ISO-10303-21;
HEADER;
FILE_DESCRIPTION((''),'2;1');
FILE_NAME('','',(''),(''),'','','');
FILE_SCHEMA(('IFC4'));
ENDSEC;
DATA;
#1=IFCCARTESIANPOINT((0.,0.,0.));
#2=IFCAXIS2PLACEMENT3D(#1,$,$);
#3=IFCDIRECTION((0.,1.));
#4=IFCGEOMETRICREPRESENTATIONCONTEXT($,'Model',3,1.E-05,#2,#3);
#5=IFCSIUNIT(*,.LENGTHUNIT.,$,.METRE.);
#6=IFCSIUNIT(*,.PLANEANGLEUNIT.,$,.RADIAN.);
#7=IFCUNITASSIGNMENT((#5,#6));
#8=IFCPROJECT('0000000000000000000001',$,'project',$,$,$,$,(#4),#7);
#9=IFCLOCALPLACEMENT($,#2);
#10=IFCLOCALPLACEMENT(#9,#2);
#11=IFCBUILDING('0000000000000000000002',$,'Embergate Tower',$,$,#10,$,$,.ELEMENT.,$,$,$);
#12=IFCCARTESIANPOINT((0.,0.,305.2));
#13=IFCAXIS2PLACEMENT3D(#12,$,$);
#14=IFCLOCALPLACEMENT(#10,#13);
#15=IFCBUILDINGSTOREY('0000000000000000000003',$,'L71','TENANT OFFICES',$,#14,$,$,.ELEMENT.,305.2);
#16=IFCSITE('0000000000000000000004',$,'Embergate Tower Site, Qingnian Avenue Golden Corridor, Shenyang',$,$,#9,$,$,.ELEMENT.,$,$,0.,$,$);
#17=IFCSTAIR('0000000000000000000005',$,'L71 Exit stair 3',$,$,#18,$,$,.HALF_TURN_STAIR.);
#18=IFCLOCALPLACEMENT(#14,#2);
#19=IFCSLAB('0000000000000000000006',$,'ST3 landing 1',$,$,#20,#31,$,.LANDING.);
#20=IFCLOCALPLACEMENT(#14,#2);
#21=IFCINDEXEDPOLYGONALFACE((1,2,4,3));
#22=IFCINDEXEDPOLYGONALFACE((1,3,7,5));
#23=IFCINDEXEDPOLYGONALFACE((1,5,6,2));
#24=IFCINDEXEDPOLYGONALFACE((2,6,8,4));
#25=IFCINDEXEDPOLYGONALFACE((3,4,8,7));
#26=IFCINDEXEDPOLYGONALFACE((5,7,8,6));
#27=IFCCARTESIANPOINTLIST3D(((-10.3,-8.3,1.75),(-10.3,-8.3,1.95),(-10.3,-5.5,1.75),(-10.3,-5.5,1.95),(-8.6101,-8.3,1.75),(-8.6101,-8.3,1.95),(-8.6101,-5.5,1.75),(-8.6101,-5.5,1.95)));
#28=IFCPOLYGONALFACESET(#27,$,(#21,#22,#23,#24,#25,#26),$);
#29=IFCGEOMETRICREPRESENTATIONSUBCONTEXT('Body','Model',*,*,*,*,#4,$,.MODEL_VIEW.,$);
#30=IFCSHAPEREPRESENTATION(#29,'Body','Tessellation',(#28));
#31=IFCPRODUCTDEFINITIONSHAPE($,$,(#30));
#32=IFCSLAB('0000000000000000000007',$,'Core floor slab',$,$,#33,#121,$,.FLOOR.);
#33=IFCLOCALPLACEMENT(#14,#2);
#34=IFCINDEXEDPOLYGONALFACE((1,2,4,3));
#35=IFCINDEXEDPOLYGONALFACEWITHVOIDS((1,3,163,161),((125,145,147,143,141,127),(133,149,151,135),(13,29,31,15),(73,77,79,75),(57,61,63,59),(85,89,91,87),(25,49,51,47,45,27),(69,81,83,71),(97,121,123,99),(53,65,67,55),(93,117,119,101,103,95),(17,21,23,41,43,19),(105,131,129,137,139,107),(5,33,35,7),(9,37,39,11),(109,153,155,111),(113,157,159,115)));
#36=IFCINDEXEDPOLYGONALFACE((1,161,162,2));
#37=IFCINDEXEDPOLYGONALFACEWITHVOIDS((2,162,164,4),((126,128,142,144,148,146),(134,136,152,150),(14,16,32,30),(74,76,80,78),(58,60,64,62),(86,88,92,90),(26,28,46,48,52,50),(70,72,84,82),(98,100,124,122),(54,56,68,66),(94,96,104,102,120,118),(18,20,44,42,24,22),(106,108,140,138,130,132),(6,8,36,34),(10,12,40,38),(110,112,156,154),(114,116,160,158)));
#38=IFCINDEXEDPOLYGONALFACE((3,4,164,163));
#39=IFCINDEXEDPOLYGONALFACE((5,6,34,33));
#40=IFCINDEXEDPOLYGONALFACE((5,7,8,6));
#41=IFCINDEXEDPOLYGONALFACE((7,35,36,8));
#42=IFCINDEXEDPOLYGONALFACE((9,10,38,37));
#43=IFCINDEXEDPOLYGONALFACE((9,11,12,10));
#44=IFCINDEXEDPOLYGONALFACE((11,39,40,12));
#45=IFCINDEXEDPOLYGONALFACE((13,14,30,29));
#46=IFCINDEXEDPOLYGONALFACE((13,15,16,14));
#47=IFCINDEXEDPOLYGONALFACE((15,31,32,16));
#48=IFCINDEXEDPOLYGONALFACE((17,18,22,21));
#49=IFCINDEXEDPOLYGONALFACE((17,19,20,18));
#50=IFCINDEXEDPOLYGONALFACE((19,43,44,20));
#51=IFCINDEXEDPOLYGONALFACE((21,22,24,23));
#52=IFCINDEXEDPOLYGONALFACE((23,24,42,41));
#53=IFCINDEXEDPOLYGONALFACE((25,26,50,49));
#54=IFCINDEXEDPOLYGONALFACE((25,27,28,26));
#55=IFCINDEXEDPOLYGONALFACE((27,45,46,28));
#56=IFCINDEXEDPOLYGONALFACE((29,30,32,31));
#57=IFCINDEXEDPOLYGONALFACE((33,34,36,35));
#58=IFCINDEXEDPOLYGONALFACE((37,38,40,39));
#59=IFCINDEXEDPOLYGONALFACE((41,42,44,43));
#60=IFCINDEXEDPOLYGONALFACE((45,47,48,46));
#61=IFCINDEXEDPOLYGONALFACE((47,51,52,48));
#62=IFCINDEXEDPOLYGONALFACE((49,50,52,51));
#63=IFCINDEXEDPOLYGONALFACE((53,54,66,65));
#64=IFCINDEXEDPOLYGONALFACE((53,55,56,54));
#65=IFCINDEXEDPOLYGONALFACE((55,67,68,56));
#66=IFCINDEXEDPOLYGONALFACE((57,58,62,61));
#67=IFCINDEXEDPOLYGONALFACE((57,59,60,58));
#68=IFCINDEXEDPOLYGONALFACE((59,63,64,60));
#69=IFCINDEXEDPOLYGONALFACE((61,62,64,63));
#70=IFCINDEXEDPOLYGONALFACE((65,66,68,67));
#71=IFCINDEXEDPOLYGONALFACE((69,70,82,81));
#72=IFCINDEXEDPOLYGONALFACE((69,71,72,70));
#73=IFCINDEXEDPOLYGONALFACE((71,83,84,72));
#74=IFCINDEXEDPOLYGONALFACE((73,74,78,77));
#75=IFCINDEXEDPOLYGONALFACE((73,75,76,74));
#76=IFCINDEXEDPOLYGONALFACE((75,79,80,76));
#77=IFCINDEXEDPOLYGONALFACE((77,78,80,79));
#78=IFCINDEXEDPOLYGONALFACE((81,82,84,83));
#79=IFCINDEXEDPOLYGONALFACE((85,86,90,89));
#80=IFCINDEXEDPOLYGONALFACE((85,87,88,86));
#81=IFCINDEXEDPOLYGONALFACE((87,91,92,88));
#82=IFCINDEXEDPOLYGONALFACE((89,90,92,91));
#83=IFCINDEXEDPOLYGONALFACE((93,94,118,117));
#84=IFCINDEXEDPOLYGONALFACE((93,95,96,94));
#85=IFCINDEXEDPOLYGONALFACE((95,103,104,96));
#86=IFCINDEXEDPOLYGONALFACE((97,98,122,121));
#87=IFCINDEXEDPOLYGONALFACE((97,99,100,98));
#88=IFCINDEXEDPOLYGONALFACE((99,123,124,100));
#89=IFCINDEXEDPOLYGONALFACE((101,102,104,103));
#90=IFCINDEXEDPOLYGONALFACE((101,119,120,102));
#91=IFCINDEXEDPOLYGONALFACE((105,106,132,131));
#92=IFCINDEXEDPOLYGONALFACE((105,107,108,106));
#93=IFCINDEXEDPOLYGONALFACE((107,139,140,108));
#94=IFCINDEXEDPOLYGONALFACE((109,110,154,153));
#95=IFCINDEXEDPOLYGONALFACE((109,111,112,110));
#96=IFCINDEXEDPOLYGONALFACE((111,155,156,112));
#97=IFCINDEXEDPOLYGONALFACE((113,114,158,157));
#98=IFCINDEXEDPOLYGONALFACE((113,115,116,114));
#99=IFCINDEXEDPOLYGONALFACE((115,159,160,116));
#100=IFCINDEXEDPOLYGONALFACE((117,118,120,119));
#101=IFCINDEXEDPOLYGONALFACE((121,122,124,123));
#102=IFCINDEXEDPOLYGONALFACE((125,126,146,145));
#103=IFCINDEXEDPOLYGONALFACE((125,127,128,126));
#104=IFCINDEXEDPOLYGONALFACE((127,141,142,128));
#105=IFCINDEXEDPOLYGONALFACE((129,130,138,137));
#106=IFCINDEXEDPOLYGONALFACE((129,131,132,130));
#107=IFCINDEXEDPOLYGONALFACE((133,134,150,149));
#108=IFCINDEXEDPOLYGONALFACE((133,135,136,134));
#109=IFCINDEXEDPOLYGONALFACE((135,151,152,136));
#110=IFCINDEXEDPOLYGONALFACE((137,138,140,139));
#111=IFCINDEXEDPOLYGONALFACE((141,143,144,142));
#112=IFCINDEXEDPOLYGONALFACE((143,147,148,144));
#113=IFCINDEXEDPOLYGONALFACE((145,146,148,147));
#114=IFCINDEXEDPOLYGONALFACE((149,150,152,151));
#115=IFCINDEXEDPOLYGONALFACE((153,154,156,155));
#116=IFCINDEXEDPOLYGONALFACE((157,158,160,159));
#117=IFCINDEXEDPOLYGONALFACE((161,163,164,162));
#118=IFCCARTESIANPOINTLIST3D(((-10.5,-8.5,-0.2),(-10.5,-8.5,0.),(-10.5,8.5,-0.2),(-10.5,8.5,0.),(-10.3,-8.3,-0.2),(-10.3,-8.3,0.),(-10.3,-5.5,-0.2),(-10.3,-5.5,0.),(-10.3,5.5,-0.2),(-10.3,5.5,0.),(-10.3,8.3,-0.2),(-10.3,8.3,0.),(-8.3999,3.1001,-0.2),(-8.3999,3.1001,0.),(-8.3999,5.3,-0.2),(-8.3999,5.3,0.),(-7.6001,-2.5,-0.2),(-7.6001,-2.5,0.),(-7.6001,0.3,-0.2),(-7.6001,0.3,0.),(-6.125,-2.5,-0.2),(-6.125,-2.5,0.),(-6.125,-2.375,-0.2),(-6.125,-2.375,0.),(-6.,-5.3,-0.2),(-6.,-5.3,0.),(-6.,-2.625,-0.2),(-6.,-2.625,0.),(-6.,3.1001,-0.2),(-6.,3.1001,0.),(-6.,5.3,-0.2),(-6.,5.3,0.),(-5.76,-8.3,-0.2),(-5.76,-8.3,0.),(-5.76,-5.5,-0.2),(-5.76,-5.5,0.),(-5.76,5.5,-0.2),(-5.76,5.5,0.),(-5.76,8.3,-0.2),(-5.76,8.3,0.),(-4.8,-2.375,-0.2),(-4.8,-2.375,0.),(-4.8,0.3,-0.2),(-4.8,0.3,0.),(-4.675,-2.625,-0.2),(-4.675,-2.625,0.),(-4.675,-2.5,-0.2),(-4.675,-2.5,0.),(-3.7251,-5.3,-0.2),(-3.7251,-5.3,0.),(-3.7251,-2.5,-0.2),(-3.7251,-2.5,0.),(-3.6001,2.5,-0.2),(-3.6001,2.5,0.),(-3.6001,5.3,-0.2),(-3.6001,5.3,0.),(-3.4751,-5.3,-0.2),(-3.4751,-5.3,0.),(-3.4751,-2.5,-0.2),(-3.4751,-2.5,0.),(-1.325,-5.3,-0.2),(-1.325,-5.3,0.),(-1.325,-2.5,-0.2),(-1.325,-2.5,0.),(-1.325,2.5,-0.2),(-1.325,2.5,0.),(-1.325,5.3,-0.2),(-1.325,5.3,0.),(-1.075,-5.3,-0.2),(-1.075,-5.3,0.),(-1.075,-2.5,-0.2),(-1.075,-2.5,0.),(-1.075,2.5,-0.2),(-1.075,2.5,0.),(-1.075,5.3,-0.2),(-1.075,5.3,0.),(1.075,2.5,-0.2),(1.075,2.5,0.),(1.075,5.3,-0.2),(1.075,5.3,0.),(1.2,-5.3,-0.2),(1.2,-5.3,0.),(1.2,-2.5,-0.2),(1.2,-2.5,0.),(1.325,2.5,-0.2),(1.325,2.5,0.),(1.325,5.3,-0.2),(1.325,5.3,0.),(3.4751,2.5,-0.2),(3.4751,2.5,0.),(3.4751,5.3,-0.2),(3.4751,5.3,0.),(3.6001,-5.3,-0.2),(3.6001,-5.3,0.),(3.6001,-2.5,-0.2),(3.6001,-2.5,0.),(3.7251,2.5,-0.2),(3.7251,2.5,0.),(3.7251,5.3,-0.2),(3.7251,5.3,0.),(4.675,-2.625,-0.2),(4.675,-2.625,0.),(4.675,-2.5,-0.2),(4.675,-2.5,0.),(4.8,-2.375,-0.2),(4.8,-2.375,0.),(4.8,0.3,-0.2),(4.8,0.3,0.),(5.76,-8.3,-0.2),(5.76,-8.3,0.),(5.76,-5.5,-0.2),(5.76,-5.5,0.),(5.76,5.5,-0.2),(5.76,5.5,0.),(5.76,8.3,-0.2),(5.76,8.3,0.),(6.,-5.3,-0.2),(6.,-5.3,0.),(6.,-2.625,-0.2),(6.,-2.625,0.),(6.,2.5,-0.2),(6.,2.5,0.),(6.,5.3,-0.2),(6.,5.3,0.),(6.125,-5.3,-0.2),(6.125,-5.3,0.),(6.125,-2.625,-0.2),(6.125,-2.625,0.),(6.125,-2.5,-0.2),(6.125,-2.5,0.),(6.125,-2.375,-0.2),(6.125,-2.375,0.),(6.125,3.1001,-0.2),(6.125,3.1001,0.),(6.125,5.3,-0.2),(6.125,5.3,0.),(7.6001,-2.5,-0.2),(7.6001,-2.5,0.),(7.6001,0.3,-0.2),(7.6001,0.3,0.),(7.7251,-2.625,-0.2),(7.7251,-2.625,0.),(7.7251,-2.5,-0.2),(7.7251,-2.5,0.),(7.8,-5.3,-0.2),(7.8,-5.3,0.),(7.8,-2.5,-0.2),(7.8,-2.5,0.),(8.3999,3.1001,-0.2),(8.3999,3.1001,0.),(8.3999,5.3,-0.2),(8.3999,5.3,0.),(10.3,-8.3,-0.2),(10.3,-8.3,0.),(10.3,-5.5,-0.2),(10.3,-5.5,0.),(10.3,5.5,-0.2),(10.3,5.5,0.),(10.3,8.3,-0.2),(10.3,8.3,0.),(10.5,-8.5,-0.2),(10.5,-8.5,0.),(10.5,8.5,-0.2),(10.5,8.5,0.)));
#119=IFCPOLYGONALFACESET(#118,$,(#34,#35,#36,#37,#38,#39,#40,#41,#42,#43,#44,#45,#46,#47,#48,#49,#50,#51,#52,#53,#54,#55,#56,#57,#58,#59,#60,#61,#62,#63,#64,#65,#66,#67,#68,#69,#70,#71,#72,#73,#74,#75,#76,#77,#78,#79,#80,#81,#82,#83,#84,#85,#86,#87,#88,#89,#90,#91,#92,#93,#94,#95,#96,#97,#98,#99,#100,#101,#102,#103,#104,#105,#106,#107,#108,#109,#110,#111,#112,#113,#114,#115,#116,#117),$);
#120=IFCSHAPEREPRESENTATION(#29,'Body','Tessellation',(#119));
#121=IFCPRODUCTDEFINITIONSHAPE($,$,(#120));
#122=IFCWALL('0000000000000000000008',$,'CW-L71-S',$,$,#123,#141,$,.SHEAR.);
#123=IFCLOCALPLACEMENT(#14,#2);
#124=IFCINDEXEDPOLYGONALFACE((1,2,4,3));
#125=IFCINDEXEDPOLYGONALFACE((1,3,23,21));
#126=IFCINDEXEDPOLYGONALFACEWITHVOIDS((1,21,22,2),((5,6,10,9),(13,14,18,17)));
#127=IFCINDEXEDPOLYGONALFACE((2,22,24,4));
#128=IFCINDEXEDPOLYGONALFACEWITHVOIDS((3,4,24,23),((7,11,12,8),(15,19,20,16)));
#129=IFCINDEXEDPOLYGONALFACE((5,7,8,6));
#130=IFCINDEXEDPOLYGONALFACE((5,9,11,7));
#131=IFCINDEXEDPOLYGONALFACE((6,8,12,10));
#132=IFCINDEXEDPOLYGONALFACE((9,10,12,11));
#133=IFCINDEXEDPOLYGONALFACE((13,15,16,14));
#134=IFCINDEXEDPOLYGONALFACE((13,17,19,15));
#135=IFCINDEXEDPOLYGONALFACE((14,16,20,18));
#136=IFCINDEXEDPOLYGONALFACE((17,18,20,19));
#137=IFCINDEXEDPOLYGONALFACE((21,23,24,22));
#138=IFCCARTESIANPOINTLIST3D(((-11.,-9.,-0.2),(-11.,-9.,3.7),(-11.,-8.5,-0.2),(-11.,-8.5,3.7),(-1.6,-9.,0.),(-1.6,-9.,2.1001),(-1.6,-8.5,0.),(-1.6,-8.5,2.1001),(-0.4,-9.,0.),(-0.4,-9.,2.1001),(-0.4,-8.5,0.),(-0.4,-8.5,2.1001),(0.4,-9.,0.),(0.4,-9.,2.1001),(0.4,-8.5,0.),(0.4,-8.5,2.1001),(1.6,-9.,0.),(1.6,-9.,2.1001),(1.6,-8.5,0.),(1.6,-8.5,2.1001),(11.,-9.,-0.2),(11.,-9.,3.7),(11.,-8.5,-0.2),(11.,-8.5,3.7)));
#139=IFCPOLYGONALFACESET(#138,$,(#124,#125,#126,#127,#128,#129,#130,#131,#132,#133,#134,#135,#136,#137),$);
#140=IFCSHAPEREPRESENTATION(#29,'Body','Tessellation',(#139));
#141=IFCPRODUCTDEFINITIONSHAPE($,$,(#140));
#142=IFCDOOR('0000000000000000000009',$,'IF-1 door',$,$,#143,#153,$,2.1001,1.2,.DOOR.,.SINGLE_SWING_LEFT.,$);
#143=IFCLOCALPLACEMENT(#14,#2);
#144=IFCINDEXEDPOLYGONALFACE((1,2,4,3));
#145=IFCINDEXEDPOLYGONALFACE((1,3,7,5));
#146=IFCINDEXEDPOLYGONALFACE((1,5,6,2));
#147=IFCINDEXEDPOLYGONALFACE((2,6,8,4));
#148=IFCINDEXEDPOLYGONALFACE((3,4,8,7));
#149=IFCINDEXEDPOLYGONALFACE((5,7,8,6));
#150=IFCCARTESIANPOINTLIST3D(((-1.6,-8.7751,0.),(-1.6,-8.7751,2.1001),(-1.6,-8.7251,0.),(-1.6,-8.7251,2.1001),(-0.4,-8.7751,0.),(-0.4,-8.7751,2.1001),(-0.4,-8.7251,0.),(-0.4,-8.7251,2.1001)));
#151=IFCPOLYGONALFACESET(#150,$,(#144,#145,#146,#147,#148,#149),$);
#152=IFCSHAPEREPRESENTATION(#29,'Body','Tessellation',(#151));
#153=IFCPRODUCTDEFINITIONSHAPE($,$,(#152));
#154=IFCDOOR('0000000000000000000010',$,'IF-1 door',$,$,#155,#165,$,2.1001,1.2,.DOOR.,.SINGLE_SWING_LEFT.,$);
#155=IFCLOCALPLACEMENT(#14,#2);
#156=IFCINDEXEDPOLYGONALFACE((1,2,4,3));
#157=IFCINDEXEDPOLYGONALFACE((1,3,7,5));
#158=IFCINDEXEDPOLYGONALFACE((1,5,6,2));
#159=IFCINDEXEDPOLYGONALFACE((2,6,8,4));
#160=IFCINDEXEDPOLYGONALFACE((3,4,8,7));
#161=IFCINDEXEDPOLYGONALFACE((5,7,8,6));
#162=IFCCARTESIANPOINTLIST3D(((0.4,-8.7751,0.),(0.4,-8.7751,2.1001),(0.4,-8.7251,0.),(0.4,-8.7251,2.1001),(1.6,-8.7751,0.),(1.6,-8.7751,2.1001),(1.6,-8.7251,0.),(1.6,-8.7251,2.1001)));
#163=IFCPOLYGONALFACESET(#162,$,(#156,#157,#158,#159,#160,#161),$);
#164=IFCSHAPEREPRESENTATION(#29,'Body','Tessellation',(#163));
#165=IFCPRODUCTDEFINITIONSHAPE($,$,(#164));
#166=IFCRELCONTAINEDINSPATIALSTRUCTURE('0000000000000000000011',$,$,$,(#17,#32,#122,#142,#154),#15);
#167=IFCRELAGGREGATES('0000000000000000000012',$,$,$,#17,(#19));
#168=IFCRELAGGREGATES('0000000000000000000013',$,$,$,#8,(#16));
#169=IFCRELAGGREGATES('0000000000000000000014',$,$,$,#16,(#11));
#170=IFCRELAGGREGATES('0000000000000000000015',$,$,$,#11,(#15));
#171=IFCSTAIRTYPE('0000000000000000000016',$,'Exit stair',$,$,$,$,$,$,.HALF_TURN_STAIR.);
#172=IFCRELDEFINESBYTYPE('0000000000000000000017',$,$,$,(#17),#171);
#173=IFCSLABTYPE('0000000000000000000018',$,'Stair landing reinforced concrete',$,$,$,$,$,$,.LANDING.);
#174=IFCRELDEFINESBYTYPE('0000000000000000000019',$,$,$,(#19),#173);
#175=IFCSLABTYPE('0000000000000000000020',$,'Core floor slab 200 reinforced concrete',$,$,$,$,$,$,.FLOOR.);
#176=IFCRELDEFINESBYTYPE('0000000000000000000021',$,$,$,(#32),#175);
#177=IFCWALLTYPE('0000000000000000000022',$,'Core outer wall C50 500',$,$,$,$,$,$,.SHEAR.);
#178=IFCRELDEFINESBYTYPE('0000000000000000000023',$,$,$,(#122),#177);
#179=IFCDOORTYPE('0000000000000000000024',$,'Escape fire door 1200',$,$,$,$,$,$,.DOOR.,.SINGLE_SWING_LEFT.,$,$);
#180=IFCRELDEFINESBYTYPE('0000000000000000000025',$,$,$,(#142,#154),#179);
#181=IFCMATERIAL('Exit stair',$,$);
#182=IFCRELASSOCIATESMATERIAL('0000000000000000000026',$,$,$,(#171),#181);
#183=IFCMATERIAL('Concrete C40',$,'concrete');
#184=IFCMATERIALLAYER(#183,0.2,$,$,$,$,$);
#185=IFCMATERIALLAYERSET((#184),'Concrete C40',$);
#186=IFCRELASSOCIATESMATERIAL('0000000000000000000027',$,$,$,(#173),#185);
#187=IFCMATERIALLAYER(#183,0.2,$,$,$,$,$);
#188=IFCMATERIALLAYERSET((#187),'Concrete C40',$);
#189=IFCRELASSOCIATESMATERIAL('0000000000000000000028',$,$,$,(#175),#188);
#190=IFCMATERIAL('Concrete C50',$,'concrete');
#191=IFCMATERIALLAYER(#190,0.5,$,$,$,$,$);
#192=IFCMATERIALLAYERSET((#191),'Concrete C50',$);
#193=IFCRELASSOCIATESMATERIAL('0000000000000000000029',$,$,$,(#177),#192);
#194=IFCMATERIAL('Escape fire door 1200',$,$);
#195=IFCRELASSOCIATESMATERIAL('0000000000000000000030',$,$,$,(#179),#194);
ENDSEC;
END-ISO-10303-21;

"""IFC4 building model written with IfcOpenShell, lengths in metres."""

from ifc_helpers import new_model, si_unit, direction, frame, frame_2d, origin, place, context, subcontext, project, spatial, polyline, rectangle, outline, extrude, source, transform, mapped, material, layer, layer_set, type_object, element, fill, aggregate, save


model = new_model("IFC4")

# Units and contexts
model_context = context("Model", 3, precision=1e-05, world=origin(), true_north=direction((0.0, 1.0)))
body_context = subcontext(model_context, "Body", "Model", "MODEL_VIEW")
ifc_project = project(units=[si_unit("LENGTHUNIT", "METRE"), si_unit("PLANEANGLEUNIT", "RADIAN")], contexts=[model_context])

# Site, building, storey
site_placement = place(None, origin())
site = spatial("IfcSite", under=ifc_project, at=site_placement, Name="Embergate Tower Site, Qingnian Avenue Golden Corridor, Shenyang", CompositionType="ELEMENT", RefElevation=0.0)
building_placement = place(site_placement, origin())
building = spatial("IfcBuilding", under=site, at=building_placement, Name="Embergate Tower", CompositionType="ELEMENT")
storey_placement = place(building_placement, frame((0.0, 0.0, 305.2)))
storey = spatial("IfcBuildingStorey", under=building, at=storey_placement, Name="L71", Description="TENANT OFFICES", CompositionType="ELEMENT", Elevation=305.2)

# Stair, slab
ifc_material_1 = material(Name="Exit stair")
stair_type = type_object("IfcStairType", Name="Exit stair", PredefinedType="HALF_TURN_STAIR", material=ifc_material_1)
stair_placement = place(storey_placement, origin())
stair = element("IfcStair", 1, at=stair_placement, inside=storey, type_object=stair_type, Name="L71 Exit stair 3", PredefinedType="HALF_TURN_STAIR")
ifc_material_2 = material(Name="Concrete C40", Category="concrete")
ifc_layer_1 = layer(ifc_material_2, 0.2)
ifc_layer_set_1 = layer_set([ifc_layer_1], Name="Concrete C40")
slab_type_1 = type_object("IfcSlabType", Name="Stair landing reinforced concrete", PredefinedType="LANDING", material=ifc_layer_set_1)
shared_shape_1 = source(origin(), body_context, "Body", "SweptSolid", [
    extrude(outline(polyline([(0.0, 0.0), (1.6899, 0.0), (1.6899, 2.8), (0.0, 2.8), (0.0, 0.0)])), origin(), (0.0, 0.0, 1.0), 0.2),
])
slab_1_placement = place(storey_placement, frame((-10.3, -8.3, 1.75)))
slab_1 = element("IfcSlab", 2, at=slab_1_placement, type_object=slab_type_1, Name="ST3 landing 1", PredefinedType="LANDING", context=body_context, shape_type="MappedRepresentation", body=[
    mapped(shared_shape_1, transform((0.0, 0.0, 0.0))),
])

# Slab
ifc_layer_2 = layer(ifc_material_2, 0.2)
ifc_layer_set_2 = layer_set([ifc_layer_2], Name="Concrete C40")
slab_type_2 = type_object("IfcSlabType", Name="Core floor slab 200 reinforced concrete", PredefinedType="FLOOR", material=ifc_layer_set_2)
shared_shape_2 = source(origin(), body_context, "Body", "SweptSolid", [
    extrude(outline(polyline([(0.0, 0.0), (21.0, 0.0), (21.0, 17.0), (0.0, 17.0), (0.0, 0.0)]), holes=[polyline([(0.2, 0.2), (0.2, 3.0), (4.74, 3.0), (4.74, 0.2), (0.2, 0.2)]), polyline([(16.26, 0.2), (16.26, 3.0), (20.8, 3.0), (20.8, 0.2), (16.26, 0.2)]), polyline([(4.5, 3.2), (4.5, 5.875), (5.825, 5.875), (5.825, 6.0), (6.7749, 6.0), (6.7749, 3.2), (4.5, 3.2)]), polyline([(7.0249, 3.2), (7.0249, 6.0), (9.175, 6.0), (9.175, 3.2), (7.0249, 3.2)]), polyline([(9.425, 3.2), (9.425, 6.0), (11.7, 6.0), (11.7, 3.2), (9.425, 3.2)]), polyline([(14.1001, 3.2), (14.1001, 6.0), (15.175, 6.0), (15.175, 5.875), (16.5, 5.875), (16.5, 3.2), (14.1001, 3.2)]), polyline([(16.625, 3.2), (16.625, 5.875), (18.2251, 5.875), (18.2251, 6.0), (18.3, 6.0), (18.3, 3.2), (16.625, 3.2)]), polyline([(2.8999, 6.0), (2.8999, 8.8), (5.7, 8.8), (5.7, 6.125), (4.375, 6.125), (4.375, 6.0), (2.8999, 6.0)]), polyline([(16.625, 6.0), (16.625, 6.125), (15.3, 6.125), (15.3, 8.8), (18.1001, 8.8), (18.1001, 6.0), (16.625, 6.0)]), polyline([(6.8999, 11.0), (6.8999, 13.8), (9.175, 13.8), (9.175, 11.0), (6.8999, 11.0)]), polyline([(9.425, 11.0), (9.425, 13.8), (11.575, 13.8), (11.575, 11.0), (9.425, 11.0)]), polyline([(11.825, 11.0), (11.825, 13.8), (13.9751, 13.8), (13.9751, 11.0), (11.825, 11.0)]), polyline([(14.2251, 11.0), (14.2251, 13.8), (16.5, 13.8), (16.5, 11.0), (14.2251, 11.0)]), polyline([(2.1001, 11.6001), (2.1001, 13.8), (4.5, 13.8), (4.5, 11.6001), (2.1001, 11.6001)]), polyline([(16.625, 11.6001), (16.625, 13.8), (18.8999, 13.8), (18.8999, 11.6001), (16.625, 11.6001)]), polyline([(0.2, 14.0), (0.2, 16.8), (4.74, 16.8), (4.74, 14.0), (0.2, 14.0)]), polyline([(16.26, 14.0), (16.26, 16.8), (20.8, 16.8), (20.8, 14.0), (16.26, 14.0)])]), origin(), (0.0, 0.0, 1.0), 0.2),
])
slab_2_placement = place(storey_placement, frame((-10.5, -8.5, -0.2)))
element("IfcSlab", 3, at=slab_2_placement, inside=storey, type_object=slab_type_2, Name="Core floor slab", PredefinedType="FLOOR", context=body_context, shape_type="MappedRepresentation", body=[
    mapped(shared_shape_2, transform((0.0, 0.0, 0.0))),
])

# Wall, openings, doors
ifc_material_3 = material(Name="Concrete C50", Category="concrete")
ifc_layer_3 = layer(ifc_material_3, 0.5)
ifc_layer_set_3 = layer_set([ifc_layer_3], Name="Concrete C50")
wall_type_1 = type_object("IfcWallType", Name="Core outer wall C50 500", PredefinedType="SHEAR", material=ifc_layer_set_3)
shared_shape_3 = source(origin(), body_context, "Body", "SweptSolid", [
    extrude(rectangle(XDim=22.0, YDim=0.5, at=frame_2d((11.0, 0.0))), origin(), (0.0, 0.0, 1.0), 3.8999),
])
wall_1_placement = place(storey_placement, frame((-11.0, -8.75, -0.2), z_axis=(0.0, 0.0, 1.0), x_axis=(1.0, 0.0, 0.0)))
wall_1 = element("IfcWall", 4, at=wall_1_placement, inside=storey, type_object=wall_type_1, Name="CW-L71-S", PredefinedType="SHEAR", context=body_context, shape_type="MappedRepresentation", body=[
    mapped(shared_shape_3, transform((0.0, 0.0, 0.0))),
])
shared_shape_4 = source(origin(), body_context, "Body", "SweptSolid", [
    extrude(rectangle(XDim=1.2, YDim=2.1001, at=frame_2d((0.6001, 1.05))), frame((0.0, 0.26, 0.0), z_axis=(0.0, -1.0, 0.0), x_axis=(1.0, 0.0, 0.0)), (0.0, 0.0, 1.0), 0.52),
])
opening_1_placement = place(wall_1_placement, frame((9.3999, 0.0, 0.2)))
opening_1 = element("IfcOpeningElement", 5, at=opening_1_placement, cuts=wall_1, PredefinedType="OPENING", context=body_context, shape_type="MappedRepresentation", body=[
    mapped(shared_shape_4, transform((0.0, 0.0, 0.0))),
])
opening_2_placement = place(wall_1_placement, frame((11.3999, 0.0, 0.2)))
opening_2 = element("IfcOpeningElement", 6, at=opening_2_placement, cuts=wall_1, PredefinedType="OPENING", context=body_context, shape_type="MappedRepresentation", body=[
    mapped(shared_shape_4, transform((0.0, 0.0, 0.0))),
])
ifc_material_4 = material(Name="Escape fire door 1200")
door_type_1 = type_object("IfcDoorType", Name="Escape fire door 1200", OperationType="SINGLE_SWING_LEFT", PredefinedType="DOOR", material=ifc_material_4)
shared_shape_5 = source(origin(), body_context, "Body", "SweptSolid", [
    extrude(rectangle(XDim=1.2, YDim=2.1001, at=frame_2d((0.6001, 1.05))), frame((0.0, 0.0249, 0.0), z_axis=(0.0, -1.0, 0.0), x_axis=(1.0, 0.0, 0.0)), (0.0, 0.0, 1.0), 0.05),
])
door_1_placement = place(opening_1_placement, origin())
door_1 = element("IfcDoor", 7, at=door_1_placement, inside=storey, type_object=door_type_1, Name="IF-1 door", OperationType="SINGLE_SWING_LEFT", OverallHeight=2.1001, OverallWidth=1.2, PredefinedType="DOOR", context=body_context, shape_type="MappedRepresentation", body=[
    mapped(shared_shape_5, transform((0.0, 0.0, 0.0))),
])
fill(opening_1, door_1)
door_2_placement = place(opening_2_placement, origin())
door_2 = element("IfcDoor", 8, at=door_2_placement, inside=storey, type_object=door_type_1, Name="IF-1 door", OperationType="SINGLE_SWING_LEFT", OverallHeight=2.1001, OverallWidth=1.2, PredefinedType="DOOR", context=body_context, shape_type="MappedRepresentation", body=[
    mapped(shared_shape_5, transform((0.0, 0.0, 0.0))),
])
fill(opening_2, door_2)

aggregate(stair, [slab_1])

save(model, "model.ifc")
